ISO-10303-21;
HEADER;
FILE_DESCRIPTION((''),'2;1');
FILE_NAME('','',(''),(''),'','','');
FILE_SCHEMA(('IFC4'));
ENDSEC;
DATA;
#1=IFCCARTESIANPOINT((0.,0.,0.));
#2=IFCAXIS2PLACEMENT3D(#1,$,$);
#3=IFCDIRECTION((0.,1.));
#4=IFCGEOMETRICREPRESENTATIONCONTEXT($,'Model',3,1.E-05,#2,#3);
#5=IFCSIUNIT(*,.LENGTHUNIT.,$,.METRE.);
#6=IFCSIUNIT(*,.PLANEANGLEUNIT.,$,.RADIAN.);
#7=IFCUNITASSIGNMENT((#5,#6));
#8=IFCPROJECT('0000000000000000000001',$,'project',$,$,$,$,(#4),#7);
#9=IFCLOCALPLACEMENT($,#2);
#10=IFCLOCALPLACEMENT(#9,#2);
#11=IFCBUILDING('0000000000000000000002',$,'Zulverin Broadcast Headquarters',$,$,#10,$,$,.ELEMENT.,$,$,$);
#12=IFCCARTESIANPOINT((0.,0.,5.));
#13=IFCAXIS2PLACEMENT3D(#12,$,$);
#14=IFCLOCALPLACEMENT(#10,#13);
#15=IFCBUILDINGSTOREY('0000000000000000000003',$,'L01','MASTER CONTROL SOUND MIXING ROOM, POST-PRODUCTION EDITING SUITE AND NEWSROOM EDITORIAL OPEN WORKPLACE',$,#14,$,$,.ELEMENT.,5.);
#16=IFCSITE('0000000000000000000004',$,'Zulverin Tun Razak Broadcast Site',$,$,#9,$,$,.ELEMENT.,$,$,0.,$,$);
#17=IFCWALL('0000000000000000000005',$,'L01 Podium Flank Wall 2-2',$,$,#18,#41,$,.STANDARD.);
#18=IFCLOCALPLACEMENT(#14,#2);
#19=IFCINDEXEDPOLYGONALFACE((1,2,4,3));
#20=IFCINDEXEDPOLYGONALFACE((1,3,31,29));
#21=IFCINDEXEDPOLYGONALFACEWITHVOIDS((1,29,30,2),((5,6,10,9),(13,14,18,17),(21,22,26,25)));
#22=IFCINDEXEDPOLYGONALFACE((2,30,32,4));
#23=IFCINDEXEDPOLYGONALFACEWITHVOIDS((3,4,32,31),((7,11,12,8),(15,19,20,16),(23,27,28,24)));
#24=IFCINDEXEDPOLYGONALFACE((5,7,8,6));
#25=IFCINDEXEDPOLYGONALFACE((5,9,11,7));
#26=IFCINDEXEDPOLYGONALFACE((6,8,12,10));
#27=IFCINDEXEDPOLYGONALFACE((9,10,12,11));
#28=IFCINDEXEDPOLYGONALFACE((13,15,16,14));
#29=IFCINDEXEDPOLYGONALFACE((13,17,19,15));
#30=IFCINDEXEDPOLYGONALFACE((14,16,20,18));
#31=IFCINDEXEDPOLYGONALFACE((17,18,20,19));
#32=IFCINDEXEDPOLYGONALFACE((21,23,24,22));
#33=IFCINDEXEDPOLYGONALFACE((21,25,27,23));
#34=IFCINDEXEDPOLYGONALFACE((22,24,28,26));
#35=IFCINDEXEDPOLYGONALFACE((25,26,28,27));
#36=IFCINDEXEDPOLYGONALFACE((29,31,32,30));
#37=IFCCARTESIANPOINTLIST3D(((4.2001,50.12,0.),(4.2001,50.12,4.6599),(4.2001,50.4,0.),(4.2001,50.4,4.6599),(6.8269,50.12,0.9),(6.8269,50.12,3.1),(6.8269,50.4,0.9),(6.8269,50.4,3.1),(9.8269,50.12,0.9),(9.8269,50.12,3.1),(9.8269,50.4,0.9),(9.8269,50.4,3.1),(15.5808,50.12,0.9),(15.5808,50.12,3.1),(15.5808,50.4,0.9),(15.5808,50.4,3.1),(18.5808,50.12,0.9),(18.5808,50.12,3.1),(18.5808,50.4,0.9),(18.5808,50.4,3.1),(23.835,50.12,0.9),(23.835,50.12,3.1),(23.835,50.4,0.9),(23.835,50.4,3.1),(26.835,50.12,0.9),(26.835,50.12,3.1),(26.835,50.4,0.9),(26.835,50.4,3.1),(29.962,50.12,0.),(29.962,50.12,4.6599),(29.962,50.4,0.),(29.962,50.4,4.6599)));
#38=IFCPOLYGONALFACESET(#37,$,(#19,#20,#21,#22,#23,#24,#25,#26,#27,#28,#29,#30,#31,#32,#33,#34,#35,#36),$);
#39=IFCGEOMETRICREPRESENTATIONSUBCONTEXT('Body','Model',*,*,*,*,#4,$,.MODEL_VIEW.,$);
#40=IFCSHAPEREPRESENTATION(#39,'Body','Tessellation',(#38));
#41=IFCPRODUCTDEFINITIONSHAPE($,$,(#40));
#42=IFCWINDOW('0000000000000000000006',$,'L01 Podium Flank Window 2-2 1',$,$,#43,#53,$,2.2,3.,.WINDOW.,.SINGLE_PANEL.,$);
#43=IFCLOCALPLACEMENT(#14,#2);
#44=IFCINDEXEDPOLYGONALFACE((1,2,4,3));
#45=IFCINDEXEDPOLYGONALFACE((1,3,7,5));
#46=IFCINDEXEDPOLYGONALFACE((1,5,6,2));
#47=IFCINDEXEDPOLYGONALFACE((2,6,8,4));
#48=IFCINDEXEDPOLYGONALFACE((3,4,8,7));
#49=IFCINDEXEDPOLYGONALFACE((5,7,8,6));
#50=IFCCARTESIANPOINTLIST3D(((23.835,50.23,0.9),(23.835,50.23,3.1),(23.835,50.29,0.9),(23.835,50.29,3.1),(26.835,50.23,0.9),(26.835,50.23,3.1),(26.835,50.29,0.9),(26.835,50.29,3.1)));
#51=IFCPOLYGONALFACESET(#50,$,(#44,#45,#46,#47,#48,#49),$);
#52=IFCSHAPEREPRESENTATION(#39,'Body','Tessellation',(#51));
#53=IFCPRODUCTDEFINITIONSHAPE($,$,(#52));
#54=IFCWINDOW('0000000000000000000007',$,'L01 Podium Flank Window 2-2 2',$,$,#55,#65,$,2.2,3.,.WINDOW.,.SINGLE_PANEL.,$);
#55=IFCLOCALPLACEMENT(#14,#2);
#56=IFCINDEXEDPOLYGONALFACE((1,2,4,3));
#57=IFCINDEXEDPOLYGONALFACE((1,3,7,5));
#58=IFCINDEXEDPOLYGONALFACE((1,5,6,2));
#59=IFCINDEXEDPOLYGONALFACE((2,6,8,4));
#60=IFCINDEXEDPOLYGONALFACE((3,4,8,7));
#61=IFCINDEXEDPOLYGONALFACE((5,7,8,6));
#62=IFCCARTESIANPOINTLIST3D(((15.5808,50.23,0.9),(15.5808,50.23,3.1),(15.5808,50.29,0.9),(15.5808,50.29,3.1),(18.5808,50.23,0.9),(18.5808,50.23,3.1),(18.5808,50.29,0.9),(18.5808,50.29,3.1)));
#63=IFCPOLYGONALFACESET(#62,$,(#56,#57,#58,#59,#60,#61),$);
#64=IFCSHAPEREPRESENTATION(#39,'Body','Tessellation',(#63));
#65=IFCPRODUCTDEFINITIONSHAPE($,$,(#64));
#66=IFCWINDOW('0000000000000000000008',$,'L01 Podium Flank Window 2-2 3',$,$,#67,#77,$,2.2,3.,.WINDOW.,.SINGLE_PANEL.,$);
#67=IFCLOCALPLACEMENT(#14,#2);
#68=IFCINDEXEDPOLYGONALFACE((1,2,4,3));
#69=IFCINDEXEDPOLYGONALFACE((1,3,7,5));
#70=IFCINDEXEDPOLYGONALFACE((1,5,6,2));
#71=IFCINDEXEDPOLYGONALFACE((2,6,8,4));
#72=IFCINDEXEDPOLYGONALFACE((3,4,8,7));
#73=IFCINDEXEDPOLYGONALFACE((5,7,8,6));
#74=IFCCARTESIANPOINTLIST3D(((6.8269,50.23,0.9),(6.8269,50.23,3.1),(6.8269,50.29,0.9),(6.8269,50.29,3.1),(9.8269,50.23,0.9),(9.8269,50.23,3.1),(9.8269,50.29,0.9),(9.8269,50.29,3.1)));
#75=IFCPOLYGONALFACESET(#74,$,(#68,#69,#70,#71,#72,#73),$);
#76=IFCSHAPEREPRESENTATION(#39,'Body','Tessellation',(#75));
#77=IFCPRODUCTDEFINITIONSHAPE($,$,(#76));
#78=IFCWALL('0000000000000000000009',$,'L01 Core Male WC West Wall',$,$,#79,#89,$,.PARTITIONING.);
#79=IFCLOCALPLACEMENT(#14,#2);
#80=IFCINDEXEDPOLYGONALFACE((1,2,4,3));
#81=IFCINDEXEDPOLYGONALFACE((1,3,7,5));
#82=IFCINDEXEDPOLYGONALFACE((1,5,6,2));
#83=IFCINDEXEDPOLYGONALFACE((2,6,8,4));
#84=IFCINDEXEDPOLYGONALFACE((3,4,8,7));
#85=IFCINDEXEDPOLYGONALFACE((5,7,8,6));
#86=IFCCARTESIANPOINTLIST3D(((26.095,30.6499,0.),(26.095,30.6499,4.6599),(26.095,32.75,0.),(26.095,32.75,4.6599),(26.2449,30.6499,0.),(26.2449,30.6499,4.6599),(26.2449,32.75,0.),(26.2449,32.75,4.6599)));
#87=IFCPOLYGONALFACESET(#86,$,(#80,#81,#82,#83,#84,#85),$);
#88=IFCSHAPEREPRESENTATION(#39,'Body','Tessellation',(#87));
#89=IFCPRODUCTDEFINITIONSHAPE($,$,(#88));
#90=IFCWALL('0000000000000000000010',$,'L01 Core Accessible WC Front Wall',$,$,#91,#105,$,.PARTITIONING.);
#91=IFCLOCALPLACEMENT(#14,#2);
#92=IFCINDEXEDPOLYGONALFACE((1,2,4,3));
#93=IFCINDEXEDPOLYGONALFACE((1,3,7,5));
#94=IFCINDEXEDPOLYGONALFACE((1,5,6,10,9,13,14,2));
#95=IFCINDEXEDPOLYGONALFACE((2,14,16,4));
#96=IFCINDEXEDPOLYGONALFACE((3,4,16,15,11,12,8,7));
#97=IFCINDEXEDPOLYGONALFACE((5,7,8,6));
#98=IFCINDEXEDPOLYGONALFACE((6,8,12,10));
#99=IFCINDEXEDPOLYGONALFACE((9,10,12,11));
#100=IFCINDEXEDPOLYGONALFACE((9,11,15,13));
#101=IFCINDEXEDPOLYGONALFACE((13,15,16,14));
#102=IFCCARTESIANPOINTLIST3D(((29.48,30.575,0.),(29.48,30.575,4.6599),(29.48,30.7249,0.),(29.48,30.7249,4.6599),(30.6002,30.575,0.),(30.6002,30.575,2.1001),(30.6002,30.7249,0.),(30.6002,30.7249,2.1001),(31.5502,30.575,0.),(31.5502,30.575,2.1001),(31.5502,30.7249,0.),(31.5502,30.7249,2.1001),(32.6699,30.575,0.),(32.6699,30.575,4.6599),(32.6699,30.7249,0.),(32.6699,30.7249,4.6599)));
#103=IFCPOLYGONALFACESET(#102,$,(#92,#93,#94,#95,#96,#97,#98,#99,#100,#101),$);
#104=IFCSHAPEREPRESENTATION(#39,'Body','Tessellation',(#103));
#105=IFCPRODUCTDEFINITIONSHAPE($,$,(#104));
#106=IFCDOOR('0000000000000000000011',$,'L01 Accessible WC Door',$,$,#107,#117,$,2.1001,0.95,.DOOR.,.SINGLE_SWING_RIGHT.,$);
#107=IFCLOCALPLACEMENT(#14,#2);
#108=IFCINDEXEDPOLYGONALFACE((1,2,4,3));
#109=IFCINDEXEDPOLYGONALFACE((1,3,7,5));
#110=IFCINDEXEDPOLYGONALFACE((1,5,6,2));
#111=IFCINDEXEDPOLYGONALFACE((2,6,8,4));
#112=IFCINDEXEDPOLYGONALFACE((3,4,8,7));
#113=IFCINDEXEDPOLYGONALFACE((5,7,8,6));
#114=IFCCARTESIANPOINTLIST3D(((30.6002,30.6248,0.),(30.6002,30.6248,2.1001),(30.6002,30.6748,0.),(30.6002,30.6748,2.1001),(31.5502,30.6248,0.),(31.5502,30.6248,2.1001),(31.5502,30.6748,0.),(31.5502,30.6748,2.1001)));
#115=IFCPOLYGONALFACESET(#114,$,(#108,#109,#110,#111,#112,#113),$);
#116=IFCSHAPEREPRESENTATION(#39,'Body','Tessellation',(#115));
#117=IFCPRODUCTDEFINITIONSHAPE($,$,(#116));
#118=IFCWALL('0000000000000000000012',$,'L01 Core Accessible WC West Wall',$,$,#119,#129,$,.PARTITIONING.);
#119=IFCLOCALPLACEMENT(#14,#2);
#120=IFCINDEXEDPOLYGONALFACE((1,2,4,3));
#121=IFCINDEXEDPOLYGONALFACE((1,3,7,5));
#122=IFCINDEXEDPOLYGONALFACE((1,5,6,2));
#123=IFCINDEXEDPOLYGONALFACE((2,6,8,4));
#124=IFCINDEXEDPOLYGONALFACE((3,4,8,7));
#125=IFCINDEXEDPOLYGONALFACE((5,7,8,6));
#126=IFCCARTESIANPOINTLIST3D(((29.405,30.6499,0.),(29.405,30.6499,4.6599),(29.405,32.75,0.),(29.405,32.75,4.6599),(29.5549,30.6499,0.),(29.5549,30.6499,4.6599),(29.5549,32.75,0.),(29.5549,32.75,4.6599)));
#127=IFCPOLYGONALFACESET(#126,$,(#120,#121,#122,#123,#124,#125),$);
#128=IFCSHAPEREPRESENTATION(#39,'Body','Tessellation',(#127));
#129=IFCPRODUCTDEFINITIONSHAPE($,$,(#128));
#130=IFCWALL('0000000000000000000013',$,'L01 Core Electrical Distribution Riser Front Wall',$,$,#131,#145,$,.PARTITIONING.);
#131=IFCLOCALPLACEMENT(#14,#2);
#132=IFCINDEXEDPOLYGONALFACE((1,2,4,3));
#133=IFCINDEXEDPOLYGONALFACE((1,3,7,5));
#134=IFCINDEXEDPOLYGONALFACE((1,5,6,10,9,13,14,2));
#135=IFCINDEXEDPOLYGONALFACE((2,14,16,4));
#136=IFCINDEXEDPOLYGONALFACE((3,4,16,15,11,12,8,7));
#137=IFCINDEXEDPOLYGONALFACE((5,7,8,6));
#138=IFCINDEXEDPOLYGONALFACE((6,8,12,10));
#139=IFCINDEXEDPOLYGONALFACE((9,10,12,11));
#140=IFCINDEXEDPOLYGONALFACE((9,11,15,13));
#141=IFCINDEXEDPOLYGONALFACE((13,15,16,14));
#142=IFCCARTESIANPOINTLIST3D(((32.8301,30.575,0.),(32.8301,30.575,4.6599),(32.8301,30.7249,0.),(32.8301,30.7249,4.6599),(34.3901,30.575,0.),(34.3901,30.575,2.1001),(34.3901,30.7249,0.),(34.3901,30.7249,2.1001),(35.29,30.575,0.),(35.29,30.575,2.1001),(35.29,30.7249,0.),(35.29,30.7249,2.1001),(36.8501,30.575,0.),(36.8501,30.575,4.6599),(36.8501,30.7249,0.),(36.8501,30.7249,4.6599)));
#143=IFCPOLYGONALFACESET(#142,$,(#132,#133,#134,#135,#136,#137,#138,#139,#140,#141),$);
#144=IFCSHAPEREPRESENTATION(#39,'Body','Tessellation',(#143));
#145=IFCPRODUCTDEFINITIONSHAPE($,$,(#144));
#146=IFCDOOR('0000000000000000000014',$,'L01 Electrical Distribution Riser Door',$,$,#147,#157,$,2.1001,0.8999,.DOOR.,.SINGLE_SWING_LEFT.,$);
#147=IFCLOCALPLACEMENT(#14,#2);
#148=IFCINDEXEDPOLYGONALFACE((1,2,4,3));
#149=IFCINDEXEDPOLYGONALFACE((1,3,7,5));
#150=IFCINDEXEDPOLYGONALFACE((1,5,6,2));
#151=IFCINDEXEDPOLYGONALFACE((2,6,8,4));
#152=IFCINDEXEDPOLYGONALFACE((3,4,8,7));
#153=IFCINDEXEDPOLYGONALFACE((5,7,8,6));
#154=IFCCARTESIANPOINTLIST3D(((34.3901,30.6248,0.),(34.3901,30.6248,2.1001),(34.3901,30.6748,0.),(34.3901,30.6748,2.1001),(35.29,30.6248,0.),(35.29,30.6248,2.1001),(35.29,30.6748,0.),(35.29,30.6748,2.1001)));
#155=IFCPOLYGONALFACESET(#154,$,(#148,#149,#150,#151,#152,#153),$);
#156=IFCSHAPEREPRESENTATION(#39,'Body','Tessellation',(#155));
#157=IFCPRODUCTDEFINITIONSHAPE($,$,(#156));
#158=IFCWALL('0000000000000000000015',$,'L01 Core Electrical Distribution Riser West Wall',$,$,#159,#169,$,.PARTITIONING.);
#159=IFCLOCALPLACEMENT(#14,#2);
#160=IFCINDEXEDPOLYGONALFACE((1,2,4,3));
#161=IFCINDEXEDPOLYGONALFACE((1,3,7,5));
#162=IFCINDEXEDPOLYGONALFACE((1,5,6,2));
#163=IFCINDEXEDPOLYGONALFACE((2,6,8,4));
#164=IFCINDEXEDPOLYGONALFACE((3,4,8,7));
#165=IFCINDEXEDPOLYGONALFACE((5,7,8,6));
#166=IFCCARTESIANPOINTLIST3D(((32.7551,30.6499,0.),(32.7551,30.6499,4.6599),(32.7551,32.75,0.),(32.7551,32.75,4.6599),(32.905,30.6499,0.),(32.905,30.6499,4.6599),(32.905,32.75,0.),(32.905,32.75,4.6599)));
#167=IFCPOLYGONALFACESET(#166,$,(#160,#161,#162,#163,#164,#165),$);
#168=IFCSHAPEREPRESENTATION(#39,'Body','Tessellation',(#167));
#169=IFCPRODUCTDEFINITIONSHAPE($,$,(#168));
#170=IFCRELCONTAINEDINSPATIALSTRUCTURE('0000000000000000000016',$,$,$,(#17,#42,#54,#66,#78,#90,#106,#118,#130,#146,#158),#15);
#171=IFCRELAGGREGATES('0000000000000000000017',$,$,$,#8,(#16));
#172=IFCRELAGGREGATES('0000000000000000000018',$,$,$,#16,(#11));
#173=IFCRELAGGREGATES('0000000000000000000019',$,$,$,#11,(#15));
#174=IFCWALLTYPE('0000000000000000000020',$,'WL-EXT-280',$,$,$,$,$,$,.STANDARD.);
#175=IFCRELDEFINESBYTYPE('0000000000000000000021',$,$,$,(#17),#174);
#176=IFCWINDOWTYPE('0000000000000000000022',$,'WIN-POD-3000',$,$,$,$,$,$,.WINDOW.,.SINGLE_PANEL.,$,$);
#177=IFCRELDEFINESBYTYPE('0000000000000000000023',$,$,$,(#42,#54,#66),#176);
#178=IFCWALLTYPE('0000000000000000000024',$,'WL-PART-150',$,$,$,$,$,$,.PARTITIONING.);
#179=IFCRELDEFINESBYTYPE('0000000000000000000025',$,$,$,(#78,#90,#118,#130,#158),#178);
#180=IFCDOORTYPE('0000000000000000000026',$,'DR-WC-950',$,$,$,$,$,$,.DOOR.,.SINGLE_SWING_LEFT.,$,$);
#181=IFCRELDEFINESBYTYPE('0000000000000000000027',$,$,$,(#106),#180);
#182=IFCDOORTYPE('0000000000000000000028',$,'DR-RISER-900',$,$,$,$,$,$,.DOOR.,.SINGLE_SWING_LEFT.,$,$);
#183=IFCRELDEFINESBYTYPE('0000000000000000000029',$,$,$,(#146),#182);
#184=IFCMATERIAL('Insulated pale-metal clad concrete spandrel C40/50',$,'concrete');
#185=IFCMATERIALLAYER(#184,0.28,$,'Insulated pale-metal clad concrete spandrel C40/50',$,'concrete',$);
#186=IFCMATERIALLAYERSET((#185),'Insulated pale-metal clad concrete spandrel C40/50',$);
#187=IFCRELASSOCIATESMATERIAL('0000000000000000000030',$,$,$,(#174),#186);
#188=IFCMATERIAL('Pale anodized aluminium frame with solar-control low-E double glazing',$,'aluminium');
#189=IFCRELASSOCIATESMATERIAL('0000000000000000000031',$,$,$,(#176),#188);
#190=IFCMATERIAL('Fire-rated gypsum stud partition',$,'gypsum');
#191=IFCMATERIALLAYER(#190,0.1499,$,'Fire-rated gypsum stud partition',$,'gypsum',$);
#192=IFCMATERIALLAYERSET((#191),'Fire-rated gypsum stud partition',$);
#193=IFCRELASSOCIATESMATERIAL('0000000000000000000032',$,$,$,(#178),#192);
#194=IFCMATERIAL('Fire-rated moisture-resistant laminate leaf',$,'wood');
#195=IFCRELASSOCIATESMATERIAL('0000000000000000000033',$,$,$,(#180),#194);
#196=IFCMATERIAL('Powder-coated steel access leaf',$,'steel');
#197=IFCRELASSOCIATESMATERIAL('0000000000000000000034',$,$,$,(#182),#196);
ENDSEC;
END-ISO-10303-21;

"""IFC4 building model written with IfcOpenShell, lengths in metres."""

from ifc_helpers import new_model, si_unit, direction, frame, frame_2d, origin, place, context, subcontext, project, spatial, rectangle, extrude, material, layer, layer_set, type_object, element, fill, save


model = new_model("IFC4")

# Units and contexts
model_context = context("Model", 3, precision=1e-05, world=origin(), true_north=direction((0.0, 1.0)))
body_context = subcontext(model_context, "Body", "Model", "MODEL_VIEW")
ifc_project = project(units=[si_unit("LENGTHUNIT", "METRE"), si_unit("PLANEANGLEUNIT", "RADIAN")], contexts=[model_context])

# Site, building, storey
site_placement = place(None, origin())
site = spatial("IfcSite", under=ifc_project, at=site_placement, Name="Zulverin Tun Razak Broadcast Site", CompositionType="ELEMENT", RefElevation=0.0)
building_placement = place(site_placement, origin())
building = spatial("IfcBuilding", under=site, at=building_placement, Name="Zulverin Broadcast Headquarters", CompositionType="ELEMENT")
storey_placement = place(building_placement, frame((0.0, 0.0, 5.0)))
storey = spatial("IfcBuildingStorey", under=building, at=storey_placement, Name="L01", Description="MASTER CONTROL SOUND MIXING ROOM, POST-PRODUCTION EDITING SUITE AND NEWSROOM EDITORIAL OPEN WORKPLACE", CompositionType="ELEMENT", Elevation=5.0)

# Wall, openings, windows
ifc_material_1 = material(Name="Insulated pale-metal clad concrete spandrel C40/50", Category="concrete")
ifc_layer_1 = layer(ifc_material_1, 0.28, Name="Insulated pale-metal clad concrete spandrel C40/50", Category="concrete")
ifc_layer_set_1 = layer_set([ifc_layer_1], Name="Insulated pale-metal clad concrete spandrel C40/50")
wall_type_1 = type_object("IfcWallType", Name="WL-EXT-280", PredefinedType="STANDARD", material=ifc_layer_set_1)
wall_1_placement = place(storey_placement, frame((29.9619, 50.26, 0.0), z_axis=(0.0, 0.0, 1.0), x_axis=(-1.0, 0.0, 0.0)))
wall_1 = element("IfcWall", 1, at=wall_1_placement, inside=storey, type_object=wall_type_1, Name="L01 Podium Flank Wall 2-2", PredefinedType="STANDARD", context=body_context, shape_type="SweptSolid", body=[
    extrude(rectangle(XDim=25.762, YDim=0.28, at=frame_2d((12.8809, 0.0))), origin(), (0.0, 0.0, 1.0), 4.6599),
])
opening_1_placement = place(wall_1_placement, frame((3.127, 0.0, 0.8999)))
opening_1 = element("IfcOpeningElement", 2, at=opening_1_placement, cuts=wall_1, PredefinedType="OPENING", context=body_context, shape_type="SweptSolid", body=[
    extrude(rectangle(XDim=3.0, YDim=2.2, at=frame_2d((1.5, 1.1001))), frame((0.0, 0.1499, 0.0), z_axis=(0.0, -1.0, 0.0), x_axis=(1.0, 0.0, 0.0)), (0.0, 0.0, 1.0), 0.3),
])
opening_2_placement = place(wall_1_placement, frame((11.3811, 0.0, 0.8999)))
opening_2 = element("IfcOpeningElement", 3, at=opening_2_placement, cuts=wall_1, PredefinedType="OPENING", context=body_context, shape_type="SweptSolid", body=[
    extrude(rectangle(XDim=3.0, YDim=2.2, at=frame_2d((1.5, 1.1001))), frame((0.0, 0.1499, 0.0), z_axis=(0.0, -1.0, 0.0), x_axis=(1.0, 0.0, 0.0)), (0.0, 0.0, 1.0), 0.3),
])
opening_3_placement = place(wall_1_placement, frame((20.135, 0.0, 0.8999)))
opening_3 = element("IfcOpeningElement", 4, at=opening_3_placement, cuts=wall_1, PredefinedType="OPENING", context=body_context, shape_type="SweptSolid", body=[
    extrude(rectangle(XDim=3.0, YDim=2.2, at=frame_2d((1.5, 1.1001))), frame((0.0, 0.1499, 0.0), z_axis=(0.0, -1.0, 0.0), x_axis=(1.0, 0.0, 0.0)), (0.0, 0.0, 1.0), 0.3),
])
ifc_material_2 = material(Name="Pale anodized aluminium frame with solar-control low-E double glazing", Category="aluminium")
window_type = type_object("IfcWindowType", Name="WIN-POD-3000", PartitioningType="SINGLE_PANEL", PredefinedType="WINDOW", material=ifc_material_2)
window_1_placement = place(opening_1_placement, origin())
window_1 = element("IfcWindow", 5, at=window_1_placement, inside=storey, type_object=window_type, Name="L01 Podium Flank Window 2-2 1", OverallHeight=2.2, OverallWidth=3.0, PartitioningType="SINGLE_PANEL", PredefinedType="WINDOW", context=body_context, shape_type="SweptSolid", body=[
    extrude(rectangle(XDim=3.0, YDim=2.2, at=frame_2d((1.5, 1.1001))), frame((0.0, 0.03, 0.0), z_axis=(0.0, -1.0, 0.0), x_axis=(1.0, 0.0, 0.0)), (0.0, 0.0, 1.0), 0.0601),
])
fill(opening_1, window_1)
window_2_placement = place(opening_2_placement, origin())
window_2 = element("IfcWindow", 6, at=window_2_placement, inside=storey, type_object=window_type, Name="L01 Podium Flank Window 2-2 2", OverallHeight=2.2, OverallWidth=3.0, PartitioningType="SINGLE_PANEL", PredefinedType="WINDOW", context=body_context, shape_type="SweptSolid", body=[
    extrude(rectangle(XDim=3.0, YDim=2.2, at=frame_2d((1.5, 1.1001))), frame((0.0, 0.03, 0.0), z_axis=(0.0, -1.0, 0.0), x_axis=(1.0, 0.0, 0.0)), (0.0, 0.0, 1.0), 0.0601),
])
fill(opening_2, window_2)
window_3_placement = place(opening_3_placement, origin())
window_3 = element("IfcWindow", 7, at=window_3_placement, inside=storey, type_object=window_type, Name="L01 Podium Flank Window 2-2 3", OverallHeight=2.2, OverallWidth=3.0, PartitioningType="SINGLE_PANEL", PredefinedType="WINDOW", context=body_context, shape_type="SweptSolid", body=[
    extrude(rectangle(XDim=3.0, YDim=2.2, at=frame_2d((1.5, 1.1001))), frame((0.0, 0.03, 0.0), z_axis=(0.0, -1.0, 0.0), x_axis=(1.0, 0.0, 0.0)), (0.0, 0.0, 1.0), 0.0601),
])
fill(opening_3, window_3)

# Wall
ifc_material_3 = material(Name="Fire-rated gypsum stud partition", Category="gypsum")
ifc_layer_2 = layer(ifc_material_3, 0.1499, Name="Fire-rated gypsum stud partition", Category="gypsum")
ifc_layer_set_2 = layer_set([ifc_layer_2], Name="Fire-rated gypsum stud partition")
wall_type_2 = type_object("IfcWallType", Name="WL-PART-150", PredefinedType="PARTITIONING", material=ifc_layer_set_2)
wall_2_placement = place(storey_placement, frame((26.1699, 30.6499, 0.0), z_axis=(0.0, 0.0, 1.0), x_axis=(0.0, 1.0, 0.0)))
element("IfcWall", 8, at=wall_2_placement, inside=storey, type_object=wall_type_2, Name="L01 Core Male WC West Wall", PredefinedType="PARTITIONING", context=body_context, shape_type="SweptSolid", body=[
    extrude(rectangle(XDim=2.1001, YDim=0.1499, at=frame_2d((1.05, 0.0))), origin(), (0.0, 0.0, 1.0), 4.6599),
])

# Wall, opening, door
wall_3_placement = place(storey_placement, frame((29.48, 30.6499, 0.0), z_axis=(0.0, 0.0, 1.0), x_axis=(1.0, 0.0, 0.0)))
wall_3 = element("IfcWall", 9, at=wall_3_placement, inside=storey, type_object=wall_type_2, Name="L01 Core Accessible WC Front Wall", PredefinedType="PARTITIONING", context=body_context, shape_type="SweptSolid", body=[
    extrude(rectangle(XDim=3.1899, YDim=0.1499, at=frame_2d((1.595, 0.0))), origin(), (0.0, 0.0, 1.0), 4.6599),
])
opening_4_placement = place(wall_3_placement, frame((1.1201, 0.0, 0.0)))
opening_4 = element("IfcOpeningElement", 10, at=opening_4_placement, cuts=wall_3, PredefinedType="OPENING", context=body_context, shape_type="SweptSolid", body=[
    extrude(rectangle(XDim=0.95, YDim=2.1001, at=frame_2d((0.4751, 1.05))), frame((0.0, 0.085, 0.0), z_axis=(0.0, -1.0, 0.0), x_axis=(1.0, 0.0, 0.0)), (0.0, 0.0, 1.0), 0.1699),
])
ifc_material_4 = material(Name="Fire-rated moisture-resistant laminate leaf", Category="wood")
door_type_1 = type_object("IfcDoorType", Name="DR-WC-950", OperationType="SINGLE_SWING_LEFT", PredefinedType="DOOR", material=ifc_material_4)
door_1_placement = place(opening_4_placement, origin())
door_1 = element("IfcDoor", 11, at=door_1_placement, inside=storey, type_object=door_type_1, Name="L01 Accessible WC Door", OperationType="SINGLE_SWING_RIGHT", OverallHeight=2.1001, OverallWidth=0.95, PredefinedType="DOOR", context=body_context, shape_type="SweptSolid", body=[
    extrude(rectangle(XDim=0.95, YDim=2.1001, at=frame_2d((0.4751, 1.05))), frame((0.0, 0.0249, 0.0), z_axis=(0.0, -1.0, 0.0), x_axis=(1.0, 0.0, 0.0)), (0.0, 0.0, 1.0), 0.05),
])
fill(opening_4, door_1)

# Wall
wall_4_placement = place(storey_placement, frame((29.48, 30.6499, 0.0), z_axis=(0.0, 0.0, 1.0), x_axis=(0.0, 1.0, 0.0)))
element("IfcWall", 12, at=wall_4_placement, inside=storey, type_object=wall_type_2, Name="L01 Core Accessible WC West Wall", PredefinedType="PARTITIONING", context=body_context, shape_type="SweptSolid", body=[
    extrude(rectangle(XDim=2.1001, YDim=0.1499, at=frame_2d((1.05, 0.0))), origin(), (0.0, 0.0, 1.0), 4.6599),
])

# Wall, opening, door
wall_5_placement = place(storey_placement, frame((32.8301, 30.6499, 0.0), z_axis=(0.0, 0.0, 1.0), x_axis=(1.0, 0.0, 0.0)))
wall_5 = element("IfcWall", 13, at=wall_5_placement, inside=storey, type_object=wall_type_2, Name="L01 Core Electrical Distribution Riser Front Wall", PredefinedType="PARTITIONING", context=body_context, shape_type="SweptSolid", body=[
    extrude(rectangle(XDim=4.02, YDim=0.1499, at=frame_2d((2.01, 0.0))), origin(), (0.0, 0.0, 1.0), 4.6599),
])
opening_5_placement = place(wall_5_placement, frame((1.5601, 0.0, 0.0)))
opening_5 = element("IfcOpeningElement", 14, at=opening_5_placement, cuts=wall_5, PredefinedType="OPENING", context=body_context, shape_type="SweptSolid", body=[
    extrude(rectangle(XDim=0.8999, YDim=2.1001, at=frame_2d((0.45, 1.05))), frame((0.0, 0.085, 0.0), z_axis=(0.0, -1.0, 0.0), x_axis=(1.0, 0.0, 0.0)), (0.0, 0.0, 1.0), 0.1699),
])
ifc_material_5 = material(Name="Powder-coated steel access leaf", Category="steel")
door_type_2 = type_object("IfcDoorType", Name="DR-RISER-900", OperationType="SINGLE_SWING_LEFT", PredefinedType="DOOR", material=ifc_material_5)
door_2_placement = place(opening_5_placement, origin())
door_2 = element("IfcDoor", 15, at=door_2_placement, inside=storey, type_object=door_type_2, Name="L01 Electrical Distribution Riser Door", OperationType="SINGLE_SWING_LEFT", OverallHeight=2.1001, OverallWidth=0.8999, PredefinedType="DOOR", context=body_context, shape_type="SweptSolid", body=[
    extrude(rectangle(XDim=0.8999, YDim=2.1001, at=frame_2d((0.45, 1.05))), frame((0.0, 0.0249, 0.0), z_axis=(0.0, -1.0, 0.0), x_axis=(1.0, 0.0, 0.0)), (0.0, 0.0, 1.0), 0.05),
])
fill(opening_5, door_2)

# Wall
wall_6_placement = place(storey_placement, frame((32.8301, 30.6499, 0.0), z_axis=(0.0, 0.0, 1.0), x_axis=(0.0, 1.0, 0.0)))
element("IfcWall", 16, at=wall_6_placement, inside=storey, type_object=wall_type_2, Name="L01 Core Electrical Distribution Riser West Wall", PredefinedType="PARTITIONING", context=body_context, shape_type="SweptSolid", body=[
    extrude(rectangle(XDim=2.1001, YDim=0.1499, at=frame_2d((1.05, 0.0))), origin(), (0.0, 0.0, 1.0), 4.6599),
])

save(model, "model.ifc")
